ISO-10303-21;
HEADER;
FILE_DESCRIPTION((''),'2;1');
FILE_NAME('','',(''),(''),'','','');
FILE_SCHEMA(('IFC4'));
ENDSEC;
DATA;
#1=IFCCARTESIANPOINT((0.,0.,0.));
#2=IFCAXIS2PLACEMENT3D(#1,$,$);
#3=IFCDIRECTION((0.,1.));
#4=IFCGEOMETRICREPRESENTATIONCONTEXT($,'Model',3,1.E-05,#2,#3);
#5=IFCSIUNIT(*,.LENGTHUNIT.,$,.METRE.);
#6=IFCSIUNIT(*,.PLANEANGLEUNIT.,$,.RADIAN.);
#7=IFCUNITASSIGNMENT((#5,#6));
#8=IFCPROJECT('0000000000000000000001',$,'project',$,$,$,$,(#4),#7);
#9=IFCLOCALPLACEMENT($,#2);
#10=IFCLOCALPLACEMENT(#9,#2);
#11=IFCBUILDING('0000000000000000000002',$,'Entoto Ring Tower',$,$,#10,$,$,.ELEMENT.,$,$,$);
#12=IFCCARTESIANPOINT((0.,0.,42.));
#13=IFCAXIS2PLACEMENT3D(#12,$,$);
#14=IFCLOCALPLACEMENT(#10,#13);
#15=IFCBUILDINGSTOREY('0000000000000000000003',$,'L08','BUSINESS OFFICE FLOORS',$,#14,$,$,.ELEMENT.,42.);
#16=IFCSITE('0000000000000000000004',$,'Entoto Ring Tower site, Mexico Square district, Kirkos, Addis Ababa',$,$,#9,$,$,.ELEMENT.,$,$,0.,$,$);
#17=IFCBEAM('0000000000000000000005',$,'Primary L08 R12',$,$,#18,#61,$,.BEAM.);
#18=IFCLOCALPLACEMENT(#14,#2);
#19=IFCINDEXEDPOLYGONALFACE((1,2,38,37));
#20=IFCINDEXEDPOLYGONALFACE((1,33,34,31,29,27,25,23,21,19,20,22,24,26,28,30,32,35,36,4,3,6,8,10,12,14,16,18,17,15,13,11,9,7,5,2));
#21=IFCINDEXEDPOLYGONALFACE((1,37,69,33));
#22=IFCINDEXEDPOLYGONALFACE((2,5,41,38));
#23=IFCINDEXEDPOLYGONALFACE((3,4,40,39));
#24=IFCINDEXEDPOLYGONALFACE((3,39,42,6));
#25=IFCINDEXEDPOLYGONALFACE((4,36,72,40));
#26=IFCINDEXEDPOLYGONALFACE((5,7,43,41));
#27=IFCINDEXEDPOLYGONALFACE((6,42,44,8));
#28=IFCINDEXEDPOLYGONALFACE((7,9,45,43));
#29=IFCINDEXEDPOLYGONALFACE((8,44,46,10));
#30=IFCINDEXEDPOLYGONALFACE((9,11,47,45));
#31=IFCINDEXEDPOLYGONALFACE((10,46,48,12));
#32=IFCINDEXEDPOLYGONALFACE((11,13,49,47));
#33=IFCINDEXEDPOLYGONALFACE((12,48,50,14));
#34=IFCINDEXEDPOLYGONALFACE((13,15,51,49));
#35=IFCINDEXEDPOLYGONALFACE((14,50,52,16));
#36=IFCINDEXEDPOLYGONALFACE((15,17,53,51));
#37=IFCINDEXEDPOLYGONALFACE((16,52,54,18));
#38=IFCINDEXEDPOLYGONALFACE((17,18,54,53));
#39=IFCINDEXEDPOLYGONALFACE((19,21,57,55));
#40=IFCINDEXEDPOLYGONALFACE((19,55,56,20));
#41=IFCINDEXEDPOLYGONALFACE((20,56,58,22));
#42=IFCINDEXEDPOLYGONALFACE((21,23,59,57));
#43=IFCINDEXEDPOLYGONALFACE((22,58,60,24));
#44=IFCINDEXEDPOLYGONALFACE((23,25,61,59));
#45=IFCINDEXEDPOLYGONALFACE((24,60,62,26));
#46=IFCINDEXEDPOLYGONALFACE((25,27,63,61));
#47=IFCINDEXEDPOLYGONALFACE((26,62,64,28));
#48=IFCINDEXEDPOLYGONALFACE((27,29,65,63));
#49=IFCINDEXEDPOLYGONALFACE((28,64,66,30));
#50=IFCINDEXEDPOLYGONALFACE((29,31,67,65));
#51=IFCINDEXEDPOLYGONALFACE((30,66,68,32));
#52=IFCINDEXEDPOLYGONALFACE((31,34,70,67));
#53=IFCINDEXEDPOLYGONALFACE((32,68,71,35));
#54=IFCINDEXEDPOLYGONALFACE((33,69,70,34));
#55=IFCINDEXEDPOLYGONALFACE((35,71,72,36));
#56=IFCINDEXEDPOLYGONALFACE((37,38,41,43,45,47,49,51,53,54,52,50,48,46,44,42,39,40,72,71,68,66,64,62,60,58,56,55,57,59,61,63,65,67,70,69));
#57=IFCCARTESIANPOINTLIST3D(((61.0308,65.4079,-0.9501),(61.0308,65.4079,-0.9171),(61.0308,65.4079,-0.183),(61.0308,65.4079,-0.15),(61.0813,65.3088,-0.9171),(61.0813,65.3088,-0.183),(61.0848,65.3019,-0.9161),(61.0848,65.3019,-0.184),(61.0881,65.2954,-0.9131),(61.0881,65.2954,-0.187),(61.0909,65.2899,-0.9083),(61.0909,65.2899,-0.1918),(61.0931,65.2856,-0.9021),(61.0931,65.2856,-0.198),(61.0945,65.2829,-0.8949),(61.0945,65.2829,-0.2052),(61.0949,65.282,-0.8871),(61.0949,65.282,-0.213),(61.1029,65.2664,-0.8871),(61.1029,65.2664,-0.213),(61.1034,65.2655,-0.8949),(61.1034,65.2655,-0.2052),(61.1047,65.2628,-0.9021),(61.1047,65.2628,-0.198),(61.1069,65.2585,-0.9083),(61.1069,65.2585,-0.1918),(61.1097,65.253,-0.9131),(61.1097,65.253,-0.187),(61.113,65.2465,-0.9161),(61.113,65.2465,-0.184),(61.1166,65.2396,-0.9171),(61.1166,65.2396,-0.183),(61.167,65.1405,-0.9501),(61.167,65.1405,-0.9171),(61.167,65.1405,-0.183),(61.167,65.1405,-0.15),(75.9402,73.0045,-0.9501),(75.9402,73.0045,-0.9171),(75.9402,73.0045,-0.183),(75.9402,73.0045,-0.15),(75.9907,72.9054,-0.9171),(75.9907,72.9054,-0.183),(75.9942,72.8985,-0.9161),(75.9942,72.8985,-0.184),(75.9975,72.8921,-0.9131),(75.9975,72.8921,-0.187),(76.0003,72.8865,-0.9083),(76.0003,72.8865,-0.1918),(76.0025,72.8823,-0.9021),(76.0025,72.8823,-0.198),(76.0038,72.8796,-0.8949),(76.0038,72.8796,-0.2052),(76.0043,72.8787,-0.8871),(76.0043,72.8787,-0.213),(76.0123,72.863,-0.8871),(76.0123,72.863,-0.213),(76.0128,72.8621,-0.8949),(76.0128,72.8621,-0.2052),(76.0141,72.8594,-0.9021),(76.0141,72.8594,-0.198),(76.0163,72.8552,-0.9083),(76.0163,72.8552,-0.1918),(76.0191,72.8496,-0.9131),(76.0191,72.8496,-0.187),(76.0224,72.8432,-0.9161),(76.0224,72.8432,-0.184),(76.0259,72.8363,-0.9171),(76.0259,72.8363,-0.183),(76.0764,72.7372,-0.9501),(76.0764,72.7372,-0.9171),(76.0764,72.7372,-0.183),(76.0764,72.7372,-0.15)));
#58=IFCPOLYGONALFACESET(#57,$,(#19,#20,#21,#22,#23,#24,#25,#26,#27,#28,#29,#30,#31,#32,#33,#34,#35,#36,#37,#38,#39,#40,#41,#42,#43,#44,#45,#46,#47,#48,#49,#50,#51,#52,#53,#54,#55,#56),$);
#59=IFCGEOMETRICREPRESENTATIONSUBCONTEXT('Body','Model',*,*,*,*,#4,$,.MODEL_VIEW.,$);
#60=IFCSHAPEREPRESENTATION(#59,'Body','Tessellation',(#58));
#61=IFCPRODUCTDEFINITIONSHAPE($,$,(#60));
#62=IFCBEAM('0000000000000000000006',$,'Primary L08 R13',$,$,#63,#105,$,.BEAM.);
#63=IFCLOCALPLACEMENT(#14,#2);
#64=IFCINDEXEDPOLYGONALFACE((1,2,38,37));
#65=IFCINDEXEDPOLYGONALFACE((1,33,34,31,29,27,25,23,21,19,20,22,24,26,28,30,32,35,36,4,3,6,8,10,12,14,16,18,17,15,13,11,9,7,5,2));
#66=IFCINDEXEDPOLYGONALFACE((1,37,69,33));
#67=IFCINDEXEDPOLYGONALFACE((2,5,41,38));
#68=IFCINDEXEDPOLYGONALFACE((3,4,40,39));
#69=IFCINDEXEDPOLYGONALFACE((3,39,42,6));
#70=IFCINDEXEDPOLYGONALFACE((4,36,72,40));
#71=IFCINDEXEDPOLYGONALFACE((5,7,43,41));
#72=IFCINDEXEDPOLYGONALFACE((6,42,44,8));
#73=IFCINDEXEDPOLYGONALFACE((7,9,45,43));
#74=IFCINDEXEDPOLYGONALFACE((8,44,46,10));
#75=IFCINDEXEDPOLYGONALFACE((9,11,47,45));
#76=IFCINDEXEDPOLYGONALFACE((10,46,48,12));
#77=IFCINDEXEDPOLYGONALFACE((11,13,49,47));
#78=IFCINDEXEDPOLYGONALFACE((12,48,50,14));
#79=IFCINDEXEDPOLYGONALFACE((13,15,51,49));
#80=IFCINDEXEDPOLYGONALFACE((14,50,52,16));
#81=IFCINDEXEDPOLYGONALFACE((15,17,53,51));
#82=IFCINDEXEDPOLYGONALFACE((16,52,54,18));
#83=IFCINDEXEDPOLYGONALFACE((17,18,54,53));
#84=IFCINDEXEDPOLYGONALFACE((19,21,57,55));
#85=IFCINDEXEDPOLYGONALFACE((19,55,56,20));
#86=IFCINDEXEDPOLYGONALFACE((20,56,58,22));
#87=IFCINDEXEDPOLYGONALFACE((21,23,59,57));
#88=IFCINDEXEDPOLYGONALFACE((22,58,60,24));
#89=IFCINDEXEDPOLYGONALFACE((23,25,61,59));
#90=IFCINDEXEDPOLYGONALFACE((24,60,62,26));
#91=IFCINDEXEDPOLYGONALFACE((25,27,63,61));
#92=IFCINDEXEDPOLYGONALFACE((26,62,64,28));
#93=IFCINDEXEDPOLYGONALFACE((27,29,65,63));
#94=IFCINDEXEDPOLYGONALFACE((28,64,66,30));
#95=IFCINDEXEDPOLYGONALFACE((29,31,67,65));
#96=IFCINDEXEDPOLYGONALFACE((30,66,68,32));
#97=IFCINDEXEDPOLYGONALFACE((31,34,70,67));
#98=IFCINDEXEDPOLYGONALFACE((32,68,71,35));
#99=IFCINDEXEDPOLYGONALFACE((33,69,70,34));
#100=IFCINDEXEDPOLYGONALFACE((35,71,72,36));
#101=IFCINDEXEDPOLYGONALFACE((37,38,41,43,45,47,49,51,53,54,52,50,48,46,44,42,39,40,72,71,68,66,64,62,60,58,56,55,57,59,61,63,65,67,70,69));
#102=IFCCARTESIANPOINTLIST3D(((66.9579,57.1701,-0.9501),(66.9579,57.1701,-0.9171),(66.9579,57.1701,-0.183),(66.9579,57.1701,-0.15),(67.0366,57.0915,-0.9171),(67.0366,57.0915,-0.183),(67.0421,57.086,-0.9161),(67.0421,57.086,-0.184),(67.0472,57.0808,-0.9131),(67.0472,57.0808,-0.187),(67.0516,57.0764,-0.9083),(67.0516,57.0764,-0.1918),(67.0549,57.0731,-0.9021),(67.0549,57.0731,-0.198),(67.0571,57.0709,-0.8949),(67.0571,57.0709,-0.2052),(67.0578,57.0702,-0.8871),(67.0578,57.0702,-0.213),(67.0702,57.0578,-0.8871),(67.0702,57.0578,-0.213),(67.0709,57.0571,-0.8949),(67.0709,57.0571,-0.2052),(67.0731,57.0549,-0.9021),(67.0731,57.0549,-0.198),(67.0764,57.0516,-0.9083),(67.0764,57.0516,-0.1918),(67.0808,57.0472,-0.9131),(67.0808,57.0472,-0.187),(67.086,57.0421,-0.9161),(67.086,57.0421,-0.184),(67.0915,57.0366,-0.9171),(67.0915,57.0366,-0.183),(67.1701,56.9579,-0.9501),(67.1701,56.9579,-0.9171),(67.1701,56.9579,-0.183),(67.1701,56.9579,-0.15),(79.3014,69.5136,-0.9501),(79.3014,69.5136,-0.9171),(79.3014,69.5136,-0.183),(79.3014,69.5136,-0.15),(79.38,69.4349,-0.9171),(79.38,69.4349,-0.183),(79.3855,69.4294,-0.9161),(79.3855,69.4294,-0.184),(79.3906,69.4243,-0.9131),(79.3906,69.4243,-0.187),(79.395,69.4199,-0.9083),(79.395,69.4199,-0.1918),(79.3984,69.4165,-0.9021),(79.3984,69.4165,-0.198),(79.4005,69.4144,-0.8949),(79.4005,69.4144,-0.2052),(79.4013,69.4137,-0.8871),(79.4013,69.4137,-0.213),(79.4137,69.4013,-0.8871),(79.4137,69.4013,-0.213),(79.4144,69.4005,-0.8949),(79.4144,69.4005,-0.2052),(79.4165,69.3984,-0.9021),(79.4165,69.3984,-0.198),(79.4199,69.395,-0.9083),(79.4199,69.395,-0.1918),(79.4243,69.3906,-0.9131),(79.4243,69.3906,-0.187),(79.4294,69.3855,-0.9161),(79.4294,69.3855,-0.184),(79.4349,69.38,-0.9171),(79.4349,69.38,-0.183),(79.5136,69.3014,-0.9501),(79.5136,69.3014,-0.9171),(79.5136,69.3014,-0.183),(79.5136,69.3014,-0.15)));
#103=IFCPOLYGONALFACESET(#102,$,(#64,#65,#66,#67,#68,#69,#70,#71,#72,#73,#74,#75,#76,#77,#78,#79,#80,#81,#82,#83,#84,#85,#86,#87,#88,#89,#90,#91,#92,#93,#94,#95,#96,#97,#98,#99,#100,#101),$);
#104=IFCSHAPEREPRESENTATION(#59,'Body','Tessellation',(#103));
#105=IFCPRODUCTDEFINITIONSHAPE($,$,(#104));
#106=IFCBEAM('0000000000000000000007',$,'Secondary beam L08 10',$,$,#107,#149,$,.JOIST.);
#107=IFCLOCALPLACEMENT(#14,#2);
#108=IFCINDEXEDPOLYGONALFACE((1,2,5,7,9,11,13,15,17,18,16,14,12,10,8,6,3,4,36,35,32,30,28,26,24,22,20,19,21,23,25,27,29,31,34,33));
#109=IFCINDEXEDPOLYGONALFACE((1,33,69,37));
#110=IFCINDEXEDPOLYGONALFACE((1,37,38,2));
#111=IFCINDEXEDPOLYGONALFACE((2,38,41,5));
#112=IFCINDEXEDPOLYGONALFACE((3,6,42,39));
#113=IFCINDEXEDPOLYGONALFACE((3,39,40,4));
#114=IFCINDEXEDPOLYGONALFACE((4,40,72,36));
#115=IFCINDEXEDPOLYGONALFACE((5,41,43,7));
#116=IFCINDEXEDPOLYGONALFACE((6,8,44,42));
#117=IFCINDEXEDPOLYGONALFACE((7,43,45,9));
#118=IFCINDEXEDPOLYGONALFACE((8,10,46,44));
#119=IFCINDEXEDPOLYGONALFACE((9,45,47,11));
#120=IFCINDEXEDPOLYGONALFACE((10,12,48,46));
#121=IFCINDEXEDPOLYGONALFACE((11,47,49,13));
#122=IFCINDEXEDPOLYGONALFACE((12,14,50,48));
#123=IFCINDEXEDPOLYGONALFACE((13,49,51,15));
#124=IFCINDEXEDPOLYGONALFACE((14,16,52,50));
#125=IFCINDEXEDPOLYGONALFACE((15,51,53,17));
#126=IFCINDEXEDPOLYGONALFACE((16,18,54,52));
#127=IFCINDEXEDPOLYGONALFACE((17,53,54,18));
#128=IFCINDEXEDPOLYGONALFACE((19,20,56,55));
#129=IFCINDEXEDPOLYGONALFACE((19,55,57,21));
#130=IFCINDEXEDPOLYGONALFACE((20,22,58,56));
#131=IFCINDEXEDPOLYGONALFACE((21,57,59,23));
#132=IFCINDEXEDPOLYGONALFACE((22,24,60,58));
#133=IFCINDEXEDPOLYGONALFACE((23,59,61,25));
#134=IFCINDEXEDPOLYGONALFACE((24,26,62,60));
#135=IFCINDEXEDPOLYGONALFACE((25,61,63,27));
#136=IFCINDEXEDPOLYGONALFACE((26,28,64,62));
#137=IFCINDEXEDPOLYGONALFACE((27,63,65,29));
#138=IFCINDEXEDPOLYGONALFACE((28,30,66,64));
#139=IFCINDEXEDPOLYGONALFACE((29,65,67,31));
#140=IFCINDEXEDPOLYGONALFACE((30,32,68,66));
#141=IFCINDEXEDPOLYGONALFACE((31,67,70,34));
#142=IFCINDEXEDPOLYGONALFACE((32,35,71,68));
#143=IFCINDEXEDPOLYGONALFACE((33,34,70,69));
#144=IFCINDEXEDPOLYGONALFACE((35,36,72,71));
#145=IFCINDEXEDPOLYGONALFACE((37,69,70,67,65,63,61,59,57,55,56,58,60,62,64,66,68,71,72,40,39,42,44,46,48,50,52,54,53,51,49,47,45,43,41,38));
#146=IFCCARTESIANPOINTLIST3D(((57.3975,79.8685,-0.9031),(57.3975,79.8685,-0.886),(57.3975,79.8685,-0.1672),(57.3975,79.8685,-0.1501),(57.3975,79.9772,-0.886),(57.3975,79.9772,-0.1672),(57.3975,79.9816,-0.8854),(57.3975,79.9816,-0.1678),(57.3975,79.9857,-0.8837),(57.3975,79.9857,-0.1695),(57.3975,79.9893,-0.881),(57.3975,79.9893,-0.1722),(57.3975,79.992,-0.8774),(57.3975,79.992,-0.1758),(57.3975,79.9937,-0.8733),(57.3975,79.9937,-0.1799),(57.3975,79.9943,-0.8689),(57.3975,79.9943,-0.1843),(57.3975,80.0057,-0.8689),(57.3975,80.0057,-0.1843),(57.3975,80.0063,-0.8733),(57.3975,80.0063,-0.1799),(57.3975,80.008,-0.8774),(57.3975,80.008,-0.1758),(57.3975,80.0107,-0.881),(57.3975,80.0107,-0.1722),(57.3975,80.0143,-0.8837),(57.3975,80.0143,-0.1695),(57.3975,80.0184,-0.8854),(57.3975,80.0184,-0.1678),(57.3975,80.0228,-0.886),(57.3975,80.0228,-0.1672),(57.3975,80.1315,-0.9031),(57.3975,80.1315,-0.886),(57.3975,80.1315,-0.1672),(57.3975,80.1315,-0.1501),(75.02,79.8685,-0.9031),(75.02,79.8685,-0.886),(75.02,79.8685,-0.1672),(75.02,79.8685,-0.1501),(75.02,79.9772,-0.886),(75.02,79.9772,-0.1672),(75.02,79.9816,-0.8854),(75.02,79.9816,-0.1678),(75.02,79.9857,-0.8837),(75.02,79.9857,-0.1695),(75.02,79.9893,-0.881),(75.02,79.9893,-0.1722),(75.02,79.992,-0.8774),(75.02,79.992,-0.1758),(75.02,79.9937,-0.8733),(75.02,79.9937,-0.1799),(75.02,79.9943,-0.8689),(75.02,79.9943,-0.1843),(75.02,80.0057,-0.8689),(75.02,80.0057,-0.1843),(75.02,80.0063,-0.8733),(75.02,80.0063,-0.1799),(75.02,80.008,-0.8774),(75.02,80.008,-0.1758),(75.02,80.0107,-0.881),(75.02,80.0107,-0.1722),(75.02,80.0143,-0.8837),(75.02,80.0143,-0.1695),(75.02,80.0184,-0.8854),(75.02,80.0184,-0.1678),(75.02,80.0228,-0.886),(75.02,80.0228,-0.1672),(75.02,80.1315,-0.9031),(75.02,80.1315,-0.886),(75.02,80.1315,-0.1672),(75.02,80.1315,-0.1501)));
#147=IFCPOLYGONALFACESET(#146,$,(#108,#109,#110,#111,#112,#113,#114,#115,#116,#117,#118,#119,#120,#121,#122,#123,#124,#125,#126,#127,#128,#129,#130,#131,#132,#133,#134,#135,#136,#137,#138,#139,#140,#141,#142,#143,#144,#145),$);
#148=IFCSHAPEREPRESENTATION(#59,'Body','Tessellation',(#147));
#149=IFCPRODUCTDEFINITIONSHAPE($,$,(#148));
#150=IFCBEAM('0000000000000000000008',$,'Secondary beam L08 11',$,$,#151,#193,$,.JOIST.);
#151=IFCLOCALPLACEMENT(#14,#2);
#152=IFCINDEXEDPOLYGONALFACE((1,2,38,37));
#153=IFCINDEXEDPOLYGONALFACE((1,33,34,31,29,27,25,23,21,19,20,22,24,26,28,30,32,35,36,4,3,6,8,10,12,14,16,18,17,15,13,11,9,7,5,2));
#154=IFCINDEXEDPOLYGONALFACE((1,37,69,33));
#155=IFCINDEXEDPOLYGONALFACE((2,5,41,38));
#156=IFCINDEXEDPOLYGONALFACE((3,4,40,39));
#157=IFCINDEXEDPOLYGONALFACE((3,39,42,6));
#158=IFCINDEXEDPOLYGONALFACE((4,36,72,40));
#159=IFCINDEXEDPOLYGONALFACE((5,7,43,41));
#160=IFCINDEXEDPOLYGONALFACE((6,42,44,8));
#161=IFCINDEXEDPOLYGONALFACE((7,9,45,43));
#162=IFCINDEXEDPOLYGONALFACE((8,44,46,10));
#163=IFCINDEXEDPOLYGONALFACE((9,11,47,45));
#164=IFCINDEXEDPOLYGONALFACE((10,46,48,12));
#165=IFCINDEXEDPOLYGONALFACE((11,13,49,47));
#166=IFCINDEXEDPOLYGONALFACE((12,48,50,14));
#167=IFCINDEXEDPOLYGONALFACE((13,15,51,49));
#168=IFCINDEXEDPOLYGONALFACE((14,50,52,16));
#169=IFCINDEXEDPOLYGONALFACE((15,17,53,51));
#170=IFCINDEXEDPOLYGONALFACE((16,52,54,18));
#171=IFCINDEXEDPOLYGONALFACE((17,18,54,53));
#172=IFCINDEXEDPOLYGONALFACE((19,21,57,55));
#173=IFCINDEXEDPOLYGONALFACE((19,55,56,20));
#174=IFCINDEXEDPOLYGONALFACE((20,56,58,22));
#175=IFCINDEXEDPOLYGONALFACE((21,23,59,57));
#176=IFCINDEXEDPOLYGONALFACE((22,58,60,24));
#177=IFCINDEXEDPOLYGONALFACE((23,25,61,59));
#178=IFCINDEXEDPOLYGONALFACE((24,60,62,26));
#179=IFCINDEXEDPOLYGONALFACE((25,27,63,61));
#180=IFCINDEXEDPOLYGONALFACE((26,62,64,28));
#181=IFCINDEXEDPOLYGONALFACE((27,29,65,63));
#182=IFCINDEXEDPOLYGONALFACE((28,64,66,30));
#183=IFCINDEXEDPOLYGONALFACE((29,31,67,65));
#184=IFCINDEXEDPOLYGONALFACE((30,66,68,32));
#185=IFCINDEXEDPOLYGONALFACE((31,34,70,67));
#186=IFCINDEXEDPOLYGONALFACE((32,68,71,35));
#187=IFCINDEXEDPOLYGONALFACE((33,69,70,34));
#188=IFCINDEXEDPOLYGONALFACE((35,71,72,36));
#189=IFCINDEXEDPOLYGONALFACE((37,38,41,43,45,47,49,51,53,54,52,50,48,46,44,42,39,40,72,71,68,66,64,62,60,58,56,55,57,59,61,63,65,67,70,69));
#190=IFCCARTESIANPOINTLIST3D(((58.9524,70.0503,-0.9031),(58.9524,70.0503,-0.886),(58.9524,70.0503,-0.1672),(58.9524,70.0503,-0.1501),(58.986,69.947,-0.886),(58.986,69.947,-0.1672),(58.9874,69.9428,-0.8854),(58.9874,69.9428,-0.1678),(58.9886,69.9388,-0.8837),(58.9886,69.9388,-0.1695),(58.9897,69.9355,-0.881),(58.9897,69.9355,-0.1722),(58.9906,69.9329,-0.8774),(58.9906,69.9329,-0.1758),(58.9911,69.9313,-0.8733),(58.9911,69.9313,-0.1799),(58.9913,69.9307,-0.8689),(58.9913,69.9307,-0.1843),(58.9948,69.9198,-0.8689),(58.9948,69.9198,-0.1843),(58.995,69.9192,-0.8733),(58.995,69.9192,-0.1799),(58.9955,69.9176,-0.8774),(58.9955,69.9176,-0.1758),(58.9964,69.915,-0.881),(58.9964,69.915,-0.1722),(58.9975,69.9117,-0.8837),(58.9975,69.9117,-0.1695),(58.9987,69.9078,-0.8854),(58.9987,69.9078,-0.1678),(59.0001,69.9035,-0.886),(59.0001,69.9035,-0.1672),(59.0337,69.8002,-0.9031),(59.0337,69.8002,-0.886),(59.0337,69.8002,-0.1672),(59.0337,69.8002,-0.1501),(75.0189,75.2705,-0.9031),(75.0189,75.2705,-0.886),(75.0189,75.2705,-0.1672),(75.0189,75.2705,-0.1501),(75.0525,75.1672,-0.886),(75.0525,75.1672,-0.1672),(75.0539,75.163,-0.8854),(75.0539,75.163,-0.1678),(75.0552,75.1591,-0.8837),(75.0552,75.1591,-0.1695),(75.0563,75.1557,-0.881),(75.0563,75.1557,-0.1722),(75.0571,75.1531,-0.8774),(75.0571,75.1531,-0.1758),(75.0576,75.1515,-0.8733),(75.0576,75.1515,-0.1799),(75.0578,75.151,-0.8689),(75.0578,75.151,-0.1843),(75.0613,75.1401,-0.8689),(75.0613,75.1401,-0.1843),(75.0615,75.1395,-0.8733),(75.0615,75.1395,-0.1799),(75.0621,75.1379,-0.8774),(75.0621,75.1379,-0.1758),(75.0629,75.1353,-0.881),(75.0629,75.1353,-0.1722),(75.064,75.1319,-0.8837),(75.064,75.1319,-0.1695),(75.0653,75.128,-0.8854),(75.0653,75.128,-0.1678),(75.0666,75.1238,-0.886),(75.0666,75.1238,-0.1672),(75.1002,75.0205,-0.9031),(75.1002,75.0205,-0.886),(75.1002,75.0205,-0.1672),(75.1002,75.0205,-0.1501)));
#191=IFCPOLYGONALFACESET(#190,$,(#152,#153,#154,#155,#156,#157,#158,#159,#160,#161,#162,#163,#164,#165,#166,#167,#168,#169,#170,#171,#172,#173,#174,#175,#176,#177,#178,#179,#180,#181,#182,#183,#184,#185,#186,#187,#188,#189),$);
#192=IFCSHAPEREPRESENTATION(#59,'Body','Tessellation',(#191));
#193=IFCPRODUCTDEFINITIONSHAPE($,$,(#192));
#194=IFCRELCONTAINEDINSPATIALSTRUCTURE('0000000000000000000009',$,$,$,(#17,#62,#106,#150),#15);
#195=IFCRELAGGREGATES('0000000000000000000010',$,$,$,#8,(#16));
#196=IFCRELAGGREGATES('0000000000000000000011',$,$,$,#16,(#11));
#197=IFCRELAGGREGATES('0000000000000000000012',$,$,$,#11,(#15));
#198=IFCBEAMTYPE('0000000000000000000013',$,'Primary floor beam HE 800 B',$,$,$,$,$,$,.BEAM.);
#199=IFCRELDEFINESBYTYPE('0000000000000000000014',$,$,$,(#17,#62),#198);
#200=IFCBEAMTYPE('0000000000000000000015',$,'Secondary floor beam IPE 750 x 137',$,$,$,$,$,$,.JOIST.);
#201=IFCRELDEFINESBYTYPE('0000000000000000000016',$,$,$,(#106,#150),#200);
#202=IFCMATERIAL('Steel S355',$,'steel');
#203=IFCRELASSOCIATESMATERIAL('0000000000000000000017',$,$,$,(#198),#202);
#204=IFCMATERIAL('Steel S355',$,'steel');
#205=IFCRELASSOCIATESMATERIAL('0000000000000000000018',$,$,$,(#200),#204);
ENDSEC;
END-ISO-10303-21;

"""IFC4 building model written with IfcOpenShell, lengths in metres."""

from ifc_helpers import new_model, si_unit, direction, frame, origin, origin_2d, place, context, subcontext, project, spatial, i_section, extrude, material, material_profile, profile_set, type_object, element, save


model = new_model("IFC4")

# Units and contexts
model_context = context("Model", 3, precision=1e-05, world=origin(), true_north=direction((0.0, 1.0)))
body_context = subcontext(model_context, "Body", "Model", "MODEL_VIEW")
ifc_project = project(units=[si_unit("LENGTHUNIT", "METRE"), si_unit("PLANEANGLEUNIT", "RADIAN")], contexts=[model_context])

# Site, building, storey
site_placement = place(None, origin())
site = spatial("IfcSite", under=ifc_project, at=site_placement, Name="Entoto Ring Tower site, Mexico Square district, Kirkos, Addis Ababa", CompositionType="ELEMENT", RefElevation=0.0)
building_placement = place(site_placement, origin())
building = spatial("IfcBuilding", under=site, at=building_placement, Name="Entoto Ring Tower", CompositionType="ELEMENT")
storey_placement = place(building_placement, frame((0.0, 0.0, 42.0)))
storey = spatial("IfcBuildingStorey", under=building, at=storey_placement, Name="L08", Description="BUSINESS OFFICE FLOORS", CompositionType="ELEMENT", Elevation=42.0)

# Beams
ifc_material_1 = material(Name="Steel S355", Category="steel")
ifc_material_profile_1 = material_profile(ifc_material_1, i_section(OverallWidth=0.3, OverallDepth=0.8, WebThickness=0.0176, FlangeThickness=0.033, FilletRadius=0.03, at=origin_2d()), Name="HE 800 B")
ifc_profile_set_1 = profile_set([ifc_material_profile_1], Name="Steel S355")
beam_type_1 = type_object("IfcBeamType", Name="Primary floor beam HE 800 B", PredefinedType="BEAM", material=ifc_profile_set_1)
beam_1_placement = place(storey_placement, frame((76.0083, 72.8708, -0.55), z_axis=(-0.891008, -0.453988, 0.0), x_axis=(0.453988, -0.891008, 0.0)))
element("IfcBeam", 1, at=beam_1_placement, inside=storey, type_object=beam_type_1, Name="Primary L08 R12", PredefinedType="BEAM", context=body_context, shape_type="SweptSolid", body=[
    extrude(i_section(OverallWidth=0.3, OverallDepth=0.8, WebThickness=0.0176, FlangeThickness=0.033, FilletRadius=0.03, at=origin_2d()), origin(), (0.0, 0.0, 1.0), 16.7332),
])
beam_2_placement = place(storey_placement, frame((79.4075, 69.4075, -0.55), z_axis=(-0.707107, -0.707107, 0.0), x_axis=(0.707107, -0.707107, 0.0)))
element("IfcBeam", 2, at=beam_2_placement, inside=storey, type_object=beam_type_1, Name="Primary L08 R13", PredefinedType="BEAM", context=body_context, shape_type="SweptSolid", body=[
    extrude(i_section(OverallWidth=0.3, OverallDepth=0.8, WebThickness=0.0176, FlangeThickness=0.033, FilletRadius=0.03, at=origin_2d()), origin(), (0.0, 0.0, 1.0), 17.4563),
])
ifc_material_2 = material(Name="Steel S355", Category="steel")
ifc_material_profile_2 = material_profile(ifc_material_2, i_section(OverallWidth=0.2629, OverallDepth=0.7529, WebThickness=0.0115, FlangeThickness=0.0171, FilletRadius=0.0171, at=origin_2d()), Name="IPE 750 x 137")
ifc_profile_set_2 = profile_set([ifc_material_profile_2], Name="Steel S355")
beam_type_2 = type_object("IfcBeamType", Name="Secondary floor beam IPE 750 x 137", PredefinedType="JOIST", material=ifc_profile_set_2)
beam_3_placement = place(storey_placement, frame((75.02, 80.0, -0.5266), z_axis=(-1.0, 0.0, 0.0), x_axis=(0.0, -1.0, 0.0)))
element("IfcBeam", 3, at=beam_3_placement, inside=storey, type_object=beam_type_2, Name="Secondary beam L08 10", PredefinedType="JOIST", context=body_context, shape_type="SweptSolid", body=[
    extrude(i_section(OverallWidth=0.2629, OverallDepth=0.7529, WebThickness=0.0115, FlangeThickness=0.0171, FilletRadius=0.0171, at=origin_2d()), origin(), (0.0, 0.0, 1.0), 17.6226),
])
beam_4_placement = place(storey_placement, frame((75.0596, 75.1455, -0.5266), z_axis=(-0.951058, -0.309013, 0.0), x_axis=(0.309013, -0.951058, 0.0)))
element("IfcBeam", 4, at=beam_4_placement, inside=storey, type_object=beam_type_2, Name="Secondary beam L08 11", PredefinedType="JOIST", context=body_context, shape_type="SweptSolid", body=[
    extrude(i_section(OverallWidth=0.2629, OverallDepth=0.7529, WebThickness=0.0115, FlangeThickness=0.0171, FilletRadius=0.0171, at=origin_2d()), origin(), (0.0, 0.0, 1.0), 16.8933),
])

save(model, "model.ifc")
